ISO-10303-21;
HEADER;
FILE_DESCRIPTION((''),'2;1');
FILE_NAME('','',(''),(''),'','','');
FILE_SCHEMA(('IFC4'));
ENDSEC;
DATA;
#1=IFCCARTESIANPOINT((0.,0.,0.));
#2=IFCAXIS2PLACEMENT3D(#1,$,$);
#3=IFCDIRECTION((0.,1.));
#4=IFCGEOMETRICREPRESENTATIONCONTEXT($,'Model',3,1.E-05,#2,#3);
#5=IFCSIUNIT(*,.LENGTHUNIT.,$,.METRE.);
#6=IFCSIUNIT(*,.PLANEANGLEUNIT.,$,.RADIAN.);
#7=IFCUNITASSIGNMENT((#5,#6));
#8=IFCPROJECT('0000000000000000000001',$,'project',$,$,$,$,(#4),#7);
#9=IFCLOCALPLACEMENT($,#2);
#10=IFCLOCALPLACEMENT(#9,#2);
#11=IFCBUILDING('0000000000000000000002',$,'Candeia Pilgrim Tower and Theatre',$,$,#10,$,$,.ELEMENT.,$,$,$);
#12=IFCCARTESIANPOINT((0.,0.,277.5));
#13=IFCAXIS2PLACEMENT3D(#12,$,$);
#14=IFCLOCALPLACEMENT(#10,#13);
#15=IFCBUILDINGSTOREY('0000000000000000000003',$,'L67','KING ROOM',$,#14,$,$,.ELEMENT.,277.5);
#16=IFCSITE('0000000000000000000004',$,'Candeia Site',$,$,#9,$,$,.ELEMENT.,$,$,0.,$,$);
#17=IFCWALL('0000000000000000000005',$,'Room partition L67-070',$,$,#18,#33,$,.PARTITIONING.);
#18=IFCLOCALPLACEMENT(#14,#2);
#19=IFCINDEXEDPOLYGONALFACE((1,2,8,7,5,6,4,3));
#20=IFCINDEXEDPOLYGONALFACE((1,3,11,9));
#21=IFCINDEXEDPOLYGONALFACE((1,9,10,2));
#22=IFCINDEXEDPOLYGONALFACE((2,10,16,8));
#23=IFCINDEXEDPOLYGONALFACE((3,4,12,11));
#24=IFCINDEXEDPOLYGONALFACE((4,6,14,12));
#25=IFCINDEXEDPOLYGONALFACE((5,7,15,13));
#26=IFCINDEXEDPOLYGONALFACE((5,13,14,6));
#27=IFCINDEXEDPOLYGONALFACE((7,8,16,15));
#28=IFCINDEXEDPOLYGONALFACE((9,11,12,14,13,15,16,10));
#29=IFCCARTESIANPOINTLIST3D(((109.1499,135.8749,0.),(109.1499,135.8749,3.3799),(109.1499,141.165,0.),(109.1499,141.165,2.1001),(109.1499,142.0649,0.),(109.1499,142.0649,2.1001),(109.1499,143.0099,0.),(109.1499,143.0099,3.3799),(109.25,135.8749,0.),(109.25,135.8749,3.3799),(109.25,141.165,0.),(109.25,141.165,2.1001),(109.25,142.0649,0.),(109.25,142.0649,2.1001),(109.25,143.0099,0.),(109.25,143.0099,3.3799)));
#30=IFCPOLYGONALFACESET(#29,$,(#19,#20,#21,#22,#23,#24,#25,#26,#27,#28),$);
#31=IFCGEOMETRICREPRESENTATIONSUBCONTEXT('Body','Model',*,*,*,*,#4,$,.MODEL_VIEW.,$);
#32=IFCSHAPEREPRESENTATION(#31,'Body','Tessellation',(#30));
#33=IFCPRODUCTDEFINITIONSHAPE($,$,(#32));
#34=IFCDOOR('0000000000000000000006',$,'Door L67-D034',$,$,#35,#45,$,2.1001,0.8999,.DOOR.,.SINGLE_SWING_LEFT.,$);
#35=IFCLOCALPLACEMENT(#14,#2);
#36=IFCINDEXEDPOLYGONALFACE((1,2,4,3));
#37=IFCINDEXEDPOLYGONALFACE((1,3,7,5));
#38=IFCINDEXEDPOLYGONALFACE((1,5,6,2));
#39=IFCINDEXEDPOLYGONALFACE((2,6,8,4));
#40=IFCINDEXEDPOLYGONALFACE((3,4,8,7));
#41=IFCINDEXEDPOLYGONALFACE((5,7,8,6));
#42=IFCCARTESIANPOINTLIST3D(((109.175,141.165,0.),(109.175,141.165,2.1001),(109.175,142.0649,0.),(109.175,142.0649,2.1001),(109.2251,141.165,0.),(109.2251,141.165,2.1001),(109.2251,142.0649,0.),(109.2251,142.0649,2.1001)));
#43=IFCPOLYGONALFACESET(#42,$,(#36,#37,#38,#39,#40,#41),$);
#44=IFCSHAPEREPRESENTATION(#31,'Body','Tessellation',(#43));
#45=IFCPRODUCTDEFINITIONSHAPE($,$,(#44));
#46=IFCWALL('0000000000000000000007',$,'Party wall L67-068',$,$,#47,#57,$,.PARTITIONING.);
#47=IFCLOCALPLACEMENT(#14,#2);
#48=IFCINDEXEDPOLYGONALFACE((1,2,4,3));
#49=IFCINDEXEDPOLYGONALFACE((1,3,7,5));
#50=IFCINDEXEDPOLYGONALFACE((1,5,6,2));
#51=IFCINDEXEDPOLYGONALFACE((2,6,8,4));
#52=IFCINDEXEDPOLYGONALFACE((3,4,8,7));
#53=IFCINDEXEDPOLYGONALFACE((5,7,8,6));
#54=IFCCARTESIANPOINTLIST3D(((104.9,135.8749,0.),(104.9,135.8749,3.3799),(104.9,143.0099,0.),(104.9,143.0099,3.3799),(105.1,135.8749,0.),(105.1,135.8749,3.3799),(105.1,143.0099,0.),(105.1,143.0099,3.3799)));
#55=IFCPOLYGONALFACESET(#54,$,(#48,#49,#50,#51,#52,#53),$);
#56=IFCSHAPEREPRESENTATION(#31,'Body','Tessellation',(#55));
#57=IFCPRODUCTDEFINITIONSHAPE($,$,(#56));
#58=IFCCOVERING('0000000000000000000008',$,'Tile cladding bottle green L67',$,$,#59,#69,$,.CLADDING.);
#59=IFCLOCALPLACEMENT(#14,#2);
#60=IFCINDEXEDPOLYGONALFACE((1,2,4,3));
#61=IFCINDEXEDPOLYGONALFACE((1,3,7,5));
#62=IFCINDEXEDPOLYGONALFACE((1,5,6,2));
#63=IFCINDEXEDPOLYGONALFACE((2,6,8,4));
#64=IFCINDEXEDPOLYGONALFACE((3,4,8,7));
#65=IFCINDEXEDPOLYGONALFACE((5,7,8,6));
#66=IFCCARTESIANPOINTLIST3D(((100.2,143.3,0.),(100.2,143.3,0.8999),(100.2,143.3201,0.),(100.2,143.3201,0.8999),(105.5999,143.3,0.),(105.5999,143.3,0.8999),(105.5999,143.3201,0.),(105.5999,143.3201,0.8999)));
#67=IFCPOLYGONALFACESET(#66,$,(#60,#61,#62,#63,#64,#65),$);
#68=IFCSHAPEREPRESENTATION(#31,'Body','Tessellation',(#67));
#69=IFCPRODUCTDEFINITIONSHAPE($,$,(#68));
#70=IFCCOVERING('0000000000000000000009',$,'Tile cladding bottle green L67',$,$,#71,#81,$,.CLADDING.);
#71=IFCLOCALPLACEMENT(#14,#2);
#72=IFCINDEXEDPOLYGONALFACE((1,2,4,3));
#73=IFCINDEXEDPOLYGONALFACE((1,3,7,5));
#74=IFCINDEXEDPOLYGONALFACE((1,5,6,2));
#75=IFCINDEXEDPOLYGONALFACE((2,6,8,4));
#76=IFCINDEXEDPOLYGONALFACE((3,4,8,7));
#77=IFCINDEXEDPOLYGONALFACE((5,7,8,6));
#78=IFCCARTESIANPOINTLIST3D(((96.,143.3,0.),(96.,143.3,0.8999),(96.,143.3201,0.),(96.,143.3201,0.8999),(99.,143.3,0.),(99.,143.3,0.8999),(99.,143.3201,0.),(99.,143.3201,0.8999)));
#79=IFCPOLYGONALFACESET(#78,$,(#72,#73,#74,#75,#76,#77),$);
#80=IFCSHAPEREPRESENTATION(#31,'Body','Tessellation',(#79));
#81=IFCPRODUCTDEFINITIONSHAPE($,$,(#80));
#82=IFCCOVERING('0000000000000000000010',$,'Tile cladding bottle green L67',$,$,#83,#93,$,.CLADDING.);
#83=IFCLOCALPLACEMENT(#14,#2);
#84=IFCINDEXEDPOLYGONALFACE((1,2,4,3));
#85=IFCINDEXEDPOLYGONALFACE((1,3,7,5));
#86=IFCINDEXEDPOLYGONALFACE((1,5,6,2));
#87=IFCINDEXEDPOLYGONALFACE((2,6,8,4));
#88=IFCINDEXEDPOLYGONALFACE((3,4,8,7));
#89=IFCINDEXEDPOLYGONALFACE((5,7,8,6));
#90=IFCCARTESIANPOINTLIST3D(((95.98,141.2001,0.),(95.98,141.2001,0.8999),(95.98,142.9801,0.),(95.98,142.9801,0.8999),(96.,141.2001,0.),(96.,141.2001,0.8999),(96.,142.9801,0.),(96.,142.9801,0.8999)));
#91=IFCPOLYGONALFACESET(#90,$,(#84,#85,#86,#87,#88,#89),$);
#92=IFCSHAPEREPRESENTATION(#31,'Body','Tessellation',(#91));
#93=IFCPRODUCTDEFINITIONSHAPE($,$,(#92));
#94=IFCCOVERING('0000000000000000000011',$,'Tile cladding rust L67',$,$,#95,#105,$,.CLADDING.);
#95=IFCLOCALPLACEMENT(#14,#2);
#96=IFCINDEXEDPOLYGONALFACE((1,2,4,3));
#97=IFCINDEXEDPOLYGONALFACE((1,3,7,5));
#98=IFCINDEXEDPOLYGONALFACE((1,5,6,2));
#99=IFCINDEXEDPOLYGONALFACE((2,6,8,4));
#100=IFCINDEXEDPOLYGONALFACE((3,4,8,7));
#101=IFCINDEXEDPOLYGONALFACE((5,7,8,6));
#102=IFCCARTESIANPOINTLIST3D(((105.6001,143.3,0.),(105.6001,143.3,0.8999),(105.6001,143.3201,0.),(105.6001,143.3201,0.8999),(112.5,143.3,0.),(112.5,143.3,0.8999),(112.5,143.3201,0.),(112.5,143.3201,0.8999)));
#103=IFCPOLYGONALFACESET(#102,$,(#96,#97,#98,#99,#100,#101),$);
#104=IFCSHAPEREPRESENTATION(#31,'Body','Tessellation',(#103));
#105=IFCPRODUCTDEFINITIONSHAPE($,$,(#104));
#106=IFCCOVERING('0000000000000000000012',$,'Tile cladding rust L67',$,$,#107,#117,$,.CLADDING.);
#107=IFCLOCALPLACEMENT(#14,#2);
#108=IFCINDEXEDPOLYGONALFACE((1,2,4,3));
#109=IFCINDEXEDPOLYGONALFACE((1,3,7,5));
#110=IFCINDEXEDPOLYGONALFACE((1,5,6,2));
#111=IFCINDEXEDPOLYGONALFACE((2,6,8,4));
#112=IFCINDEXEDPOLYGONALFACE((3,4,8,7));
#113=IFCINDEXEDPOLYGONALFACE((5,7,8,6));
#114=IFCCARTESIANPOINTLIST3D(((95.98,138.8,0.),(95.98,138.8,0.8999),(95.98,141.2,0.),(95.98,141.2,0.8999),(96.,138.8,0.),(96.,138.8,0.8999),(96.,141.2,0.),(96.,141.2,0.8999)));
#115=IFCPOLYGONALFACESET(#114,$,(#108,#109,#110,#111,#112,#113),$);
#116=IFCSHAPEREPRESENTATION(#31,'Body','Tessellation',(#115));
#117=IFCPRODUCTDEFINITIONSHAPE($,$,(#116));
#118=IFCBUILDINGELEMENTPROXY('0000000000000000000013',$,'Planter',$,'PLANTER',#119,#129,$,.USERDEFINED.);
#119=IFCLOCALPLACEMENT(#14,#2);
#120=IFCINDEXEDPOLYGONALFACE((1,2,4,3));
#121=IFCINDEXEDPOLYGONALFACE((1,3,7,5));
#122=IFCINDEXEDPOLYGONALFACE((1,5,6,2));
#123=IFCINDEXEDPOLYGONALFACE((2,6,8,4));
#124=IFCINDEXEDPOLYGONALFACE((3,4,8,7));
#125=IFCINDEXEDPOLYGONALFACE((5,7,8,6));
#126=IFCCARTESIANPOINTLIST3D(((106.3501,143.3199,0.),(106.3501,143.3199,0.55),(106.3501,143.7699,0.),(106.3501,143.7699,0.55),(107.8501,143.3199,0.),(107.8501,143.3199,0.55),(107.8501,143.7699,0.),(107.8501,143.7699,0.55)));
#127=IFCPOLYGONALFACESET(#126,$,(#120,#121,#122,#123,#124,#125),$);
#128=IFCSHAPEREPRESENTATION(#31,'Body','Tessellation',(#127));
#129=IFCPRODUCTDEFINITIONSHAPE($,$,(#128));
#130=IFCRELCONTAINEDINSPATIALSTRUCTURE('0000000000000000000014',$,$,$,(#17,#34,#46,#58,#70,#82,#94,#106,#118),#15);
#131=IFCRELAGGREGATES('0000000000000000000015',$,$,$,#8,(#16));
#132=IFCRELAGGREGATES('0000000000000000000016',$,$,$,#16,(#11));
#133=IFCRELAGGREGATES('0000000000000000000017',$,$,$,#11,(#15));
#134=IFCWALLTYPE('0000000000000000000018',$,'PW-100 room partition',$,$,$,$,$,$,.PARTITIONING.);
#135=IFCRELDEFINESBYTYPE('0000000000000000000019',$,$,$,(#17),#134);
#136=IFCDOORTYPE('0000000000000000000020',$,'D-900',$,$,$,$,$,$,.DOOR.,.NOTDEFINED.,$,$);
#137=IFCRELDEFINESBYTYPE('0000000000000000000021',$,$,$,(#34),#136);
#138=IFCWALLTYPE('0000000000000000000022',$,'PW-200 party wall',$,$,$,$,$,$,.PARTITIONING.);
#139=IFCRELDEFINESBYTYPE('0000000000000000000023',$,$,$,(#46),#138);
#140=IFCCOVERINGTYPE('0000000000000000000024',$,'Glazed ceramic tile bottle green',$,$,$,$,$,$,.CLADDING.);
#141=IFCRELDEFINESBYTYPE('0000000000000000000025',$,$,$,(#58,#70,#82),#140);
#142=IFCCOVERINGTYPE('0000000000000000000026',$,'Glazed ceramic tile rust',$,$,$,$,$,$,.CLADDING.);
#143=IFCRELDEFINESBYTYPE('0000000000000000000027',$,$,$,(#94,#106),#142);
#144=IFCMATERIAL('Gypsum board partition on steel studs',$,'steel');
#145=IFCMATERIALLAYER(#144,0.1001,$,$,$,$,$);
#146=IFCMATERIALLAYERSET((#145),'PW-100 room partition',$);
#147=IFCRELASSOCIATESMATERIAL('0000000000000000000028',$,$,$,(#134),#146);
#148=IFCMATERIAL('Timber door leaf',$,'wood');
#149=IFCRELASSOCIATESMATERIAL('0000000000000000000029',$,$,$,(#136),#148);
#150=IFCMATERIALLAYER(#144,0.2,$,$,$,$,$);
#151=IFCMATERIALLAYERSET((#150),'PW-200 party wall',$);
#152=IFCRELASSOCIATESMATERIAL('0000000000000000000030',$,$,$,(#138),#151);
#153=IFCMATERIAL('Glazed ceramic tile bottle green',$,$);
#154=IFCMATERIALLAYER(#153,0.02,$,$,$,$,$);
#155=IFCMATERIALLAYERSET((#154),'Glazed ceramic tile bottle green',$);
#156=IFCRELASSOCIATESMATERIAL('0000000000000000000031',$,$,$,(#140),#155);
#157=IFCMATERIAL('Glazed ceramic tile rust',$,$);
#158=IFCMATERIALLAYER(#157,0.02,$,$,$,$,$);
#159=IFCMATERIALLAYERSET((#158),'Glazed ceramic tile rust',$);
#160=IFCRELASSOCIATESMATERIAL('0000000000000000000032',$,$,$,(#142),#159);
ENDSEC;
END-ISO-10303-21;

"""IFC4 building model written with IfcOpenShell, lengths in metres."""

from ifc_helpers import new_model, si_unit, direction, frame, frame_2d, origin, origin_2d, place, context, subcontext, project, spatial, rectangle, extrude, material, layer, layer_set, type_object, element, fill, save


model = new_model("IFC4")

# Units and contexts
model_context = context("Model", 3, precision=1e-05, world=origin(), true_north=direction((0.0, 1.0)))
body_context = subcontext(model_context, "Body", "Model", "MODEL_VIEW")
ifc_project = project(units=[si_unit("LENGTHUNIT", "METRE"), si_unit("PLANEANGLEUNIT", "RADIAN")], contexts=[model_context])

# Site, building, storey
site_placement = place(None, origin())
site = spatial("IfcSite", under=ifc_project, at=site_placement, Name="Candeia Site", CompositionType="ELEMENT", RefElevation=0.0)
building_placement = place(site_placement, origin())
building = spatial("IfcBuilding", under=site, at=building_placement, Name="Candeia Pilgrim Tower and Theatre", CompositionType="ELEMENT")
storey_placement = place(building_placement, frame((0.0, 0.0, 277.5)))
storey = spatial("IfcBuildingStorey", under=building, at=storey_placement, Name="L67", Description="KING ROOM", CompositionType="ELEMENT", Elevation=277.5)

# Shared definitions
ifc_material_1 = material(Name="Gypsum board partition on steel studs", Category="steel")
ifc_layer_1 = layer(ifc_material_1, 0.1001)
ifc_layer_set_1 = layer_set([ifc_layer_1], Name="PW-100 room partition")
wall_type_1 = type_object("IfcWallType", Name="PW-100 room partition", PredefinedType="PARTITIONING", material=ifc_layer_set_1)
ifc_material_2 = material(Name="Timber door leaf", Category="wood")

# Wall, opening, door
wall_1_placement = place(storey_placement, frame((109.2, 135.875, 0.0), z_axis=(0.0, 0.0, 1.0), x_axis=(0.0, 1.0, 0.0)))
wall_1 = element("IfcWall", 1, at=wall_1_placement, inside=storey, type_object=wall_type_1, Name="Room partition L67-070", PredefinedType="PARTITIONING", context=body_context, shape_type="SweptSolid", body=[
    extrude(rectangle(XDim=7.135, YDim=0.1001, at=frame_2d((3.5674, 0.0))), origin(), (0.0, 0.0, 1.0), 3.3799),
])
opening_1_placement = place(wall_1_placement, frame((5.29, 0.0, 0.0)))
opening_1 = element("IfcOpeningElement", 2, at=opening_1_placement, cuts=wall_1, PredefinedType="OPENING", context=body_context, shape_type="SweptSolid", body=[
    extrude(rectangle(XDim=0.8999, YDim=2.1001, at=frame_2d((0.45, 1.05))), frame((0.0, 0.0601, 0.0), z_axis=(0.0, -1.0, 0.0), x_axis=(1.0, 0.0, 0.0)), (0.0, 0.0, 1.0), 0.1201),
])
door_type_1 = type_object("IfcDoorType", Name="D-900", OperationType="NOTDEFINED", PredefinedType="DOOR", material=ifc_material_2)
door_1_placement = place(opening_1_placement, origin())
door_1 = element("IfcDoor", 3, at=door_1_placement, inside=storey, type_object=door_type_1, Name="Door L67-D034", OperationType="SINGLE_SWING_LEFT", OverallHeight=2.1001, OverallWidth=0.8999, PredefinedType="DOOR", context=body_context, shape_type="SweptSolid", body=[
    extrude(rectangle(XDim=0.8999, YDim=2.1001, at=frame_2d((0.45, 1.05))), frame((0.0, 0.0249, 0.0), z_axis=(0.0, -1.0, 0.0), x_axis=(1.0, 0.0, 0.0)), (0.0, 0.0, 1.0), 0.05),
])
fill(opening_1, door_1)

# Wall
ifc_layer_2 = layer(ifc_material_1, 0.2)
ifc_layer_set_2 = layer_set([ifc_layer_2], Name="PW-200 party wall")
wall_type_2 = type_object("IfcWallType", Name="PW-200 party wall", PredefinedType="PARTITIONING", material=ifc_layer_set_2)
wall_2_placement = place(storey_placement, frame((105.0, 135.875, 0.0), z_axis=(0.0, 0.0, 1.0), x_axis=(0.0, 1.0, 0.0)))
element("IfcWall", 4, at=wall_2_placement, inside=storey, type_object=wall_type_2, Name="Party wall L67-068", PredefinedType="PARTITIONING", context=body_context, shape_type="SweptSolid", body=[
    extrude(rectangle(XDim=7.135, YDim=0.2, at=frame_2d((3.5674, 0.0))), origin(), (0.0, 0.0, 1.0), 3.3799),
])

# Coverings
ifc_material_3 = material(Name="Glazed ceramic tile bottle green")
ifc_layer_3 = layer(ifc_material_3, 0.02)
ifc_layer_set_3 = layer_set([ifc_layer_3], Name="Glazed ceramic tile bottle green")
covering_type_1 = type_object("IfcCoveringType", Name="Glazed ceramic tile bottle green", PredefinedType="CLADDING", material=ifc_layer_set_3)
covering_1_placement = place(storey_placement, frame((102.8999, 143.3101, 0.0), z_axis=(0.0, 0.0, 1.0), x_axis=(-1.0, 0.0, 0.0)))
element("IfcCovering", 5, at=covering_1_placement, inside=storey, type_object=covering_type_1, Name="Tile cladding bottle green L67", PredefinedType="CLADDING", context=body_context, shape_type="SweptSolid", body=[
    extrude(rectangle(XDim=5.3999, YDim=0.02, at=origin_2d()), origin(), (0.0, 0.0, 1.0), 0.8999),
])
covering_2_placement = place(storey_placement, frame((97.5, 143.3101, 0.0), z_axis=(0.0, 0.0, 1.0), x_axis=(-1.0, 0.0, 0.0)))
element("IfcCovering", 6, at=covering_2_placement, inside=storey, type_object=covering_type_1, Name="Tile cladding bottle green L67", PredefinedType="CLADDING", context=body_context, shape_type="SweptSolid", body=[
    extrude(rectangle(XDim=3.0, YDim=0.02, at=origin_2d()), origin(), (0.0, 0.0, 1.0), 0.8999),
])
covering_3_placement = place(storey_placement, frame((95.99, 142.0901, 0.0), z_axis=(0.0, 0.0, 1.0), x_axis=(0.0, -1.0, 0.0)))
element("IfcCovering", 7, at=covering_3_placement, inside=storey, type_object=covering_type_1, Name="Tile cladding bottle green L67", PredefinedType="CLADDING", context=body_context, shape_type="SweptSolid", body=[
    extrude(rectangle(XDim=1.78, YDim=0.02, at=origin_2d()), origin(), (0.0, 0.0, 1.0), 0.8999),
])
ifc_material_4 = material(Name="Glazed ceramic tile rust")
ifc_layer_4 = layer(ifc_material_4, 0.02)
ifc_layer_set_4 = layer_set([ifc_layer_4], Name="Glazed ceramic tile rust")
covering_type_2 = type_object("IfcCoveringType", Name="Glazed ceramic tile rust", PredefinedType="CLADDING", material=ifc_layer_set_4)
covering_4_placement = place(storey_placement, frame((109.05, 143.3101, 0.0), z_axis=(0.0, 0.0, 1.0), x_axis=(-1.0, 0.0, 0.0)))
element("IfcCovering", 8, at=covering_4_placement, inside=storey, type_object=covering_type_2, Name="Tile cladding rust L67", PredefinedType="CLADDING", context=body_context, shape_type="SweptSolid", body=[
    extrude(rectangle(XDim=6.8999, YDim=0.02, at=origin_2d()), origin(), (0.0, 0.0, 1.0), 0.8999),
])
covering_5_placement = place(storey_placement, frame((95.99, 140.0, 0.0), z_axis=(0.0, 0.0, 1.0), x_axis=(0.0, -1.0, 0.0)))
element("IfcCovering", 9, at=covering_5_placement, inside=storey, type_object=covering_type_2, Name="Tile cladding rust L67", PredefinedType="CLADDING", context=body_context, shape_type="SweptSolid", body=[
    extrude(rectangle(XDim=2.3999, YDim=0.02, at=origin_2d()), origin(), (0.0, 0.0, 1.0), 0.8999),
])

# Building element proxy
proxy_placement = place(storey_placement, frame((107.1001, 143.5449, 0.0), z_axis=(0.0, 0.0, 1.0), x_axis=(-1.0, 0.0, 0.0)))
element("IfcBuildingElementProxy", 10, at=proxy_placement, inside=storey, Name="Planter", ObjectType="PLANTER", PredefinedType="USERDEFINED", context=body_context, shape_type="SweptSolid", body=[
    extrude(rectangle(XDim=1.5, YDim=0.45, at=origin_2d()), origin(), (0.0, 0.0, 1.0), 0.55),
])

save(model, "model.ifc")
